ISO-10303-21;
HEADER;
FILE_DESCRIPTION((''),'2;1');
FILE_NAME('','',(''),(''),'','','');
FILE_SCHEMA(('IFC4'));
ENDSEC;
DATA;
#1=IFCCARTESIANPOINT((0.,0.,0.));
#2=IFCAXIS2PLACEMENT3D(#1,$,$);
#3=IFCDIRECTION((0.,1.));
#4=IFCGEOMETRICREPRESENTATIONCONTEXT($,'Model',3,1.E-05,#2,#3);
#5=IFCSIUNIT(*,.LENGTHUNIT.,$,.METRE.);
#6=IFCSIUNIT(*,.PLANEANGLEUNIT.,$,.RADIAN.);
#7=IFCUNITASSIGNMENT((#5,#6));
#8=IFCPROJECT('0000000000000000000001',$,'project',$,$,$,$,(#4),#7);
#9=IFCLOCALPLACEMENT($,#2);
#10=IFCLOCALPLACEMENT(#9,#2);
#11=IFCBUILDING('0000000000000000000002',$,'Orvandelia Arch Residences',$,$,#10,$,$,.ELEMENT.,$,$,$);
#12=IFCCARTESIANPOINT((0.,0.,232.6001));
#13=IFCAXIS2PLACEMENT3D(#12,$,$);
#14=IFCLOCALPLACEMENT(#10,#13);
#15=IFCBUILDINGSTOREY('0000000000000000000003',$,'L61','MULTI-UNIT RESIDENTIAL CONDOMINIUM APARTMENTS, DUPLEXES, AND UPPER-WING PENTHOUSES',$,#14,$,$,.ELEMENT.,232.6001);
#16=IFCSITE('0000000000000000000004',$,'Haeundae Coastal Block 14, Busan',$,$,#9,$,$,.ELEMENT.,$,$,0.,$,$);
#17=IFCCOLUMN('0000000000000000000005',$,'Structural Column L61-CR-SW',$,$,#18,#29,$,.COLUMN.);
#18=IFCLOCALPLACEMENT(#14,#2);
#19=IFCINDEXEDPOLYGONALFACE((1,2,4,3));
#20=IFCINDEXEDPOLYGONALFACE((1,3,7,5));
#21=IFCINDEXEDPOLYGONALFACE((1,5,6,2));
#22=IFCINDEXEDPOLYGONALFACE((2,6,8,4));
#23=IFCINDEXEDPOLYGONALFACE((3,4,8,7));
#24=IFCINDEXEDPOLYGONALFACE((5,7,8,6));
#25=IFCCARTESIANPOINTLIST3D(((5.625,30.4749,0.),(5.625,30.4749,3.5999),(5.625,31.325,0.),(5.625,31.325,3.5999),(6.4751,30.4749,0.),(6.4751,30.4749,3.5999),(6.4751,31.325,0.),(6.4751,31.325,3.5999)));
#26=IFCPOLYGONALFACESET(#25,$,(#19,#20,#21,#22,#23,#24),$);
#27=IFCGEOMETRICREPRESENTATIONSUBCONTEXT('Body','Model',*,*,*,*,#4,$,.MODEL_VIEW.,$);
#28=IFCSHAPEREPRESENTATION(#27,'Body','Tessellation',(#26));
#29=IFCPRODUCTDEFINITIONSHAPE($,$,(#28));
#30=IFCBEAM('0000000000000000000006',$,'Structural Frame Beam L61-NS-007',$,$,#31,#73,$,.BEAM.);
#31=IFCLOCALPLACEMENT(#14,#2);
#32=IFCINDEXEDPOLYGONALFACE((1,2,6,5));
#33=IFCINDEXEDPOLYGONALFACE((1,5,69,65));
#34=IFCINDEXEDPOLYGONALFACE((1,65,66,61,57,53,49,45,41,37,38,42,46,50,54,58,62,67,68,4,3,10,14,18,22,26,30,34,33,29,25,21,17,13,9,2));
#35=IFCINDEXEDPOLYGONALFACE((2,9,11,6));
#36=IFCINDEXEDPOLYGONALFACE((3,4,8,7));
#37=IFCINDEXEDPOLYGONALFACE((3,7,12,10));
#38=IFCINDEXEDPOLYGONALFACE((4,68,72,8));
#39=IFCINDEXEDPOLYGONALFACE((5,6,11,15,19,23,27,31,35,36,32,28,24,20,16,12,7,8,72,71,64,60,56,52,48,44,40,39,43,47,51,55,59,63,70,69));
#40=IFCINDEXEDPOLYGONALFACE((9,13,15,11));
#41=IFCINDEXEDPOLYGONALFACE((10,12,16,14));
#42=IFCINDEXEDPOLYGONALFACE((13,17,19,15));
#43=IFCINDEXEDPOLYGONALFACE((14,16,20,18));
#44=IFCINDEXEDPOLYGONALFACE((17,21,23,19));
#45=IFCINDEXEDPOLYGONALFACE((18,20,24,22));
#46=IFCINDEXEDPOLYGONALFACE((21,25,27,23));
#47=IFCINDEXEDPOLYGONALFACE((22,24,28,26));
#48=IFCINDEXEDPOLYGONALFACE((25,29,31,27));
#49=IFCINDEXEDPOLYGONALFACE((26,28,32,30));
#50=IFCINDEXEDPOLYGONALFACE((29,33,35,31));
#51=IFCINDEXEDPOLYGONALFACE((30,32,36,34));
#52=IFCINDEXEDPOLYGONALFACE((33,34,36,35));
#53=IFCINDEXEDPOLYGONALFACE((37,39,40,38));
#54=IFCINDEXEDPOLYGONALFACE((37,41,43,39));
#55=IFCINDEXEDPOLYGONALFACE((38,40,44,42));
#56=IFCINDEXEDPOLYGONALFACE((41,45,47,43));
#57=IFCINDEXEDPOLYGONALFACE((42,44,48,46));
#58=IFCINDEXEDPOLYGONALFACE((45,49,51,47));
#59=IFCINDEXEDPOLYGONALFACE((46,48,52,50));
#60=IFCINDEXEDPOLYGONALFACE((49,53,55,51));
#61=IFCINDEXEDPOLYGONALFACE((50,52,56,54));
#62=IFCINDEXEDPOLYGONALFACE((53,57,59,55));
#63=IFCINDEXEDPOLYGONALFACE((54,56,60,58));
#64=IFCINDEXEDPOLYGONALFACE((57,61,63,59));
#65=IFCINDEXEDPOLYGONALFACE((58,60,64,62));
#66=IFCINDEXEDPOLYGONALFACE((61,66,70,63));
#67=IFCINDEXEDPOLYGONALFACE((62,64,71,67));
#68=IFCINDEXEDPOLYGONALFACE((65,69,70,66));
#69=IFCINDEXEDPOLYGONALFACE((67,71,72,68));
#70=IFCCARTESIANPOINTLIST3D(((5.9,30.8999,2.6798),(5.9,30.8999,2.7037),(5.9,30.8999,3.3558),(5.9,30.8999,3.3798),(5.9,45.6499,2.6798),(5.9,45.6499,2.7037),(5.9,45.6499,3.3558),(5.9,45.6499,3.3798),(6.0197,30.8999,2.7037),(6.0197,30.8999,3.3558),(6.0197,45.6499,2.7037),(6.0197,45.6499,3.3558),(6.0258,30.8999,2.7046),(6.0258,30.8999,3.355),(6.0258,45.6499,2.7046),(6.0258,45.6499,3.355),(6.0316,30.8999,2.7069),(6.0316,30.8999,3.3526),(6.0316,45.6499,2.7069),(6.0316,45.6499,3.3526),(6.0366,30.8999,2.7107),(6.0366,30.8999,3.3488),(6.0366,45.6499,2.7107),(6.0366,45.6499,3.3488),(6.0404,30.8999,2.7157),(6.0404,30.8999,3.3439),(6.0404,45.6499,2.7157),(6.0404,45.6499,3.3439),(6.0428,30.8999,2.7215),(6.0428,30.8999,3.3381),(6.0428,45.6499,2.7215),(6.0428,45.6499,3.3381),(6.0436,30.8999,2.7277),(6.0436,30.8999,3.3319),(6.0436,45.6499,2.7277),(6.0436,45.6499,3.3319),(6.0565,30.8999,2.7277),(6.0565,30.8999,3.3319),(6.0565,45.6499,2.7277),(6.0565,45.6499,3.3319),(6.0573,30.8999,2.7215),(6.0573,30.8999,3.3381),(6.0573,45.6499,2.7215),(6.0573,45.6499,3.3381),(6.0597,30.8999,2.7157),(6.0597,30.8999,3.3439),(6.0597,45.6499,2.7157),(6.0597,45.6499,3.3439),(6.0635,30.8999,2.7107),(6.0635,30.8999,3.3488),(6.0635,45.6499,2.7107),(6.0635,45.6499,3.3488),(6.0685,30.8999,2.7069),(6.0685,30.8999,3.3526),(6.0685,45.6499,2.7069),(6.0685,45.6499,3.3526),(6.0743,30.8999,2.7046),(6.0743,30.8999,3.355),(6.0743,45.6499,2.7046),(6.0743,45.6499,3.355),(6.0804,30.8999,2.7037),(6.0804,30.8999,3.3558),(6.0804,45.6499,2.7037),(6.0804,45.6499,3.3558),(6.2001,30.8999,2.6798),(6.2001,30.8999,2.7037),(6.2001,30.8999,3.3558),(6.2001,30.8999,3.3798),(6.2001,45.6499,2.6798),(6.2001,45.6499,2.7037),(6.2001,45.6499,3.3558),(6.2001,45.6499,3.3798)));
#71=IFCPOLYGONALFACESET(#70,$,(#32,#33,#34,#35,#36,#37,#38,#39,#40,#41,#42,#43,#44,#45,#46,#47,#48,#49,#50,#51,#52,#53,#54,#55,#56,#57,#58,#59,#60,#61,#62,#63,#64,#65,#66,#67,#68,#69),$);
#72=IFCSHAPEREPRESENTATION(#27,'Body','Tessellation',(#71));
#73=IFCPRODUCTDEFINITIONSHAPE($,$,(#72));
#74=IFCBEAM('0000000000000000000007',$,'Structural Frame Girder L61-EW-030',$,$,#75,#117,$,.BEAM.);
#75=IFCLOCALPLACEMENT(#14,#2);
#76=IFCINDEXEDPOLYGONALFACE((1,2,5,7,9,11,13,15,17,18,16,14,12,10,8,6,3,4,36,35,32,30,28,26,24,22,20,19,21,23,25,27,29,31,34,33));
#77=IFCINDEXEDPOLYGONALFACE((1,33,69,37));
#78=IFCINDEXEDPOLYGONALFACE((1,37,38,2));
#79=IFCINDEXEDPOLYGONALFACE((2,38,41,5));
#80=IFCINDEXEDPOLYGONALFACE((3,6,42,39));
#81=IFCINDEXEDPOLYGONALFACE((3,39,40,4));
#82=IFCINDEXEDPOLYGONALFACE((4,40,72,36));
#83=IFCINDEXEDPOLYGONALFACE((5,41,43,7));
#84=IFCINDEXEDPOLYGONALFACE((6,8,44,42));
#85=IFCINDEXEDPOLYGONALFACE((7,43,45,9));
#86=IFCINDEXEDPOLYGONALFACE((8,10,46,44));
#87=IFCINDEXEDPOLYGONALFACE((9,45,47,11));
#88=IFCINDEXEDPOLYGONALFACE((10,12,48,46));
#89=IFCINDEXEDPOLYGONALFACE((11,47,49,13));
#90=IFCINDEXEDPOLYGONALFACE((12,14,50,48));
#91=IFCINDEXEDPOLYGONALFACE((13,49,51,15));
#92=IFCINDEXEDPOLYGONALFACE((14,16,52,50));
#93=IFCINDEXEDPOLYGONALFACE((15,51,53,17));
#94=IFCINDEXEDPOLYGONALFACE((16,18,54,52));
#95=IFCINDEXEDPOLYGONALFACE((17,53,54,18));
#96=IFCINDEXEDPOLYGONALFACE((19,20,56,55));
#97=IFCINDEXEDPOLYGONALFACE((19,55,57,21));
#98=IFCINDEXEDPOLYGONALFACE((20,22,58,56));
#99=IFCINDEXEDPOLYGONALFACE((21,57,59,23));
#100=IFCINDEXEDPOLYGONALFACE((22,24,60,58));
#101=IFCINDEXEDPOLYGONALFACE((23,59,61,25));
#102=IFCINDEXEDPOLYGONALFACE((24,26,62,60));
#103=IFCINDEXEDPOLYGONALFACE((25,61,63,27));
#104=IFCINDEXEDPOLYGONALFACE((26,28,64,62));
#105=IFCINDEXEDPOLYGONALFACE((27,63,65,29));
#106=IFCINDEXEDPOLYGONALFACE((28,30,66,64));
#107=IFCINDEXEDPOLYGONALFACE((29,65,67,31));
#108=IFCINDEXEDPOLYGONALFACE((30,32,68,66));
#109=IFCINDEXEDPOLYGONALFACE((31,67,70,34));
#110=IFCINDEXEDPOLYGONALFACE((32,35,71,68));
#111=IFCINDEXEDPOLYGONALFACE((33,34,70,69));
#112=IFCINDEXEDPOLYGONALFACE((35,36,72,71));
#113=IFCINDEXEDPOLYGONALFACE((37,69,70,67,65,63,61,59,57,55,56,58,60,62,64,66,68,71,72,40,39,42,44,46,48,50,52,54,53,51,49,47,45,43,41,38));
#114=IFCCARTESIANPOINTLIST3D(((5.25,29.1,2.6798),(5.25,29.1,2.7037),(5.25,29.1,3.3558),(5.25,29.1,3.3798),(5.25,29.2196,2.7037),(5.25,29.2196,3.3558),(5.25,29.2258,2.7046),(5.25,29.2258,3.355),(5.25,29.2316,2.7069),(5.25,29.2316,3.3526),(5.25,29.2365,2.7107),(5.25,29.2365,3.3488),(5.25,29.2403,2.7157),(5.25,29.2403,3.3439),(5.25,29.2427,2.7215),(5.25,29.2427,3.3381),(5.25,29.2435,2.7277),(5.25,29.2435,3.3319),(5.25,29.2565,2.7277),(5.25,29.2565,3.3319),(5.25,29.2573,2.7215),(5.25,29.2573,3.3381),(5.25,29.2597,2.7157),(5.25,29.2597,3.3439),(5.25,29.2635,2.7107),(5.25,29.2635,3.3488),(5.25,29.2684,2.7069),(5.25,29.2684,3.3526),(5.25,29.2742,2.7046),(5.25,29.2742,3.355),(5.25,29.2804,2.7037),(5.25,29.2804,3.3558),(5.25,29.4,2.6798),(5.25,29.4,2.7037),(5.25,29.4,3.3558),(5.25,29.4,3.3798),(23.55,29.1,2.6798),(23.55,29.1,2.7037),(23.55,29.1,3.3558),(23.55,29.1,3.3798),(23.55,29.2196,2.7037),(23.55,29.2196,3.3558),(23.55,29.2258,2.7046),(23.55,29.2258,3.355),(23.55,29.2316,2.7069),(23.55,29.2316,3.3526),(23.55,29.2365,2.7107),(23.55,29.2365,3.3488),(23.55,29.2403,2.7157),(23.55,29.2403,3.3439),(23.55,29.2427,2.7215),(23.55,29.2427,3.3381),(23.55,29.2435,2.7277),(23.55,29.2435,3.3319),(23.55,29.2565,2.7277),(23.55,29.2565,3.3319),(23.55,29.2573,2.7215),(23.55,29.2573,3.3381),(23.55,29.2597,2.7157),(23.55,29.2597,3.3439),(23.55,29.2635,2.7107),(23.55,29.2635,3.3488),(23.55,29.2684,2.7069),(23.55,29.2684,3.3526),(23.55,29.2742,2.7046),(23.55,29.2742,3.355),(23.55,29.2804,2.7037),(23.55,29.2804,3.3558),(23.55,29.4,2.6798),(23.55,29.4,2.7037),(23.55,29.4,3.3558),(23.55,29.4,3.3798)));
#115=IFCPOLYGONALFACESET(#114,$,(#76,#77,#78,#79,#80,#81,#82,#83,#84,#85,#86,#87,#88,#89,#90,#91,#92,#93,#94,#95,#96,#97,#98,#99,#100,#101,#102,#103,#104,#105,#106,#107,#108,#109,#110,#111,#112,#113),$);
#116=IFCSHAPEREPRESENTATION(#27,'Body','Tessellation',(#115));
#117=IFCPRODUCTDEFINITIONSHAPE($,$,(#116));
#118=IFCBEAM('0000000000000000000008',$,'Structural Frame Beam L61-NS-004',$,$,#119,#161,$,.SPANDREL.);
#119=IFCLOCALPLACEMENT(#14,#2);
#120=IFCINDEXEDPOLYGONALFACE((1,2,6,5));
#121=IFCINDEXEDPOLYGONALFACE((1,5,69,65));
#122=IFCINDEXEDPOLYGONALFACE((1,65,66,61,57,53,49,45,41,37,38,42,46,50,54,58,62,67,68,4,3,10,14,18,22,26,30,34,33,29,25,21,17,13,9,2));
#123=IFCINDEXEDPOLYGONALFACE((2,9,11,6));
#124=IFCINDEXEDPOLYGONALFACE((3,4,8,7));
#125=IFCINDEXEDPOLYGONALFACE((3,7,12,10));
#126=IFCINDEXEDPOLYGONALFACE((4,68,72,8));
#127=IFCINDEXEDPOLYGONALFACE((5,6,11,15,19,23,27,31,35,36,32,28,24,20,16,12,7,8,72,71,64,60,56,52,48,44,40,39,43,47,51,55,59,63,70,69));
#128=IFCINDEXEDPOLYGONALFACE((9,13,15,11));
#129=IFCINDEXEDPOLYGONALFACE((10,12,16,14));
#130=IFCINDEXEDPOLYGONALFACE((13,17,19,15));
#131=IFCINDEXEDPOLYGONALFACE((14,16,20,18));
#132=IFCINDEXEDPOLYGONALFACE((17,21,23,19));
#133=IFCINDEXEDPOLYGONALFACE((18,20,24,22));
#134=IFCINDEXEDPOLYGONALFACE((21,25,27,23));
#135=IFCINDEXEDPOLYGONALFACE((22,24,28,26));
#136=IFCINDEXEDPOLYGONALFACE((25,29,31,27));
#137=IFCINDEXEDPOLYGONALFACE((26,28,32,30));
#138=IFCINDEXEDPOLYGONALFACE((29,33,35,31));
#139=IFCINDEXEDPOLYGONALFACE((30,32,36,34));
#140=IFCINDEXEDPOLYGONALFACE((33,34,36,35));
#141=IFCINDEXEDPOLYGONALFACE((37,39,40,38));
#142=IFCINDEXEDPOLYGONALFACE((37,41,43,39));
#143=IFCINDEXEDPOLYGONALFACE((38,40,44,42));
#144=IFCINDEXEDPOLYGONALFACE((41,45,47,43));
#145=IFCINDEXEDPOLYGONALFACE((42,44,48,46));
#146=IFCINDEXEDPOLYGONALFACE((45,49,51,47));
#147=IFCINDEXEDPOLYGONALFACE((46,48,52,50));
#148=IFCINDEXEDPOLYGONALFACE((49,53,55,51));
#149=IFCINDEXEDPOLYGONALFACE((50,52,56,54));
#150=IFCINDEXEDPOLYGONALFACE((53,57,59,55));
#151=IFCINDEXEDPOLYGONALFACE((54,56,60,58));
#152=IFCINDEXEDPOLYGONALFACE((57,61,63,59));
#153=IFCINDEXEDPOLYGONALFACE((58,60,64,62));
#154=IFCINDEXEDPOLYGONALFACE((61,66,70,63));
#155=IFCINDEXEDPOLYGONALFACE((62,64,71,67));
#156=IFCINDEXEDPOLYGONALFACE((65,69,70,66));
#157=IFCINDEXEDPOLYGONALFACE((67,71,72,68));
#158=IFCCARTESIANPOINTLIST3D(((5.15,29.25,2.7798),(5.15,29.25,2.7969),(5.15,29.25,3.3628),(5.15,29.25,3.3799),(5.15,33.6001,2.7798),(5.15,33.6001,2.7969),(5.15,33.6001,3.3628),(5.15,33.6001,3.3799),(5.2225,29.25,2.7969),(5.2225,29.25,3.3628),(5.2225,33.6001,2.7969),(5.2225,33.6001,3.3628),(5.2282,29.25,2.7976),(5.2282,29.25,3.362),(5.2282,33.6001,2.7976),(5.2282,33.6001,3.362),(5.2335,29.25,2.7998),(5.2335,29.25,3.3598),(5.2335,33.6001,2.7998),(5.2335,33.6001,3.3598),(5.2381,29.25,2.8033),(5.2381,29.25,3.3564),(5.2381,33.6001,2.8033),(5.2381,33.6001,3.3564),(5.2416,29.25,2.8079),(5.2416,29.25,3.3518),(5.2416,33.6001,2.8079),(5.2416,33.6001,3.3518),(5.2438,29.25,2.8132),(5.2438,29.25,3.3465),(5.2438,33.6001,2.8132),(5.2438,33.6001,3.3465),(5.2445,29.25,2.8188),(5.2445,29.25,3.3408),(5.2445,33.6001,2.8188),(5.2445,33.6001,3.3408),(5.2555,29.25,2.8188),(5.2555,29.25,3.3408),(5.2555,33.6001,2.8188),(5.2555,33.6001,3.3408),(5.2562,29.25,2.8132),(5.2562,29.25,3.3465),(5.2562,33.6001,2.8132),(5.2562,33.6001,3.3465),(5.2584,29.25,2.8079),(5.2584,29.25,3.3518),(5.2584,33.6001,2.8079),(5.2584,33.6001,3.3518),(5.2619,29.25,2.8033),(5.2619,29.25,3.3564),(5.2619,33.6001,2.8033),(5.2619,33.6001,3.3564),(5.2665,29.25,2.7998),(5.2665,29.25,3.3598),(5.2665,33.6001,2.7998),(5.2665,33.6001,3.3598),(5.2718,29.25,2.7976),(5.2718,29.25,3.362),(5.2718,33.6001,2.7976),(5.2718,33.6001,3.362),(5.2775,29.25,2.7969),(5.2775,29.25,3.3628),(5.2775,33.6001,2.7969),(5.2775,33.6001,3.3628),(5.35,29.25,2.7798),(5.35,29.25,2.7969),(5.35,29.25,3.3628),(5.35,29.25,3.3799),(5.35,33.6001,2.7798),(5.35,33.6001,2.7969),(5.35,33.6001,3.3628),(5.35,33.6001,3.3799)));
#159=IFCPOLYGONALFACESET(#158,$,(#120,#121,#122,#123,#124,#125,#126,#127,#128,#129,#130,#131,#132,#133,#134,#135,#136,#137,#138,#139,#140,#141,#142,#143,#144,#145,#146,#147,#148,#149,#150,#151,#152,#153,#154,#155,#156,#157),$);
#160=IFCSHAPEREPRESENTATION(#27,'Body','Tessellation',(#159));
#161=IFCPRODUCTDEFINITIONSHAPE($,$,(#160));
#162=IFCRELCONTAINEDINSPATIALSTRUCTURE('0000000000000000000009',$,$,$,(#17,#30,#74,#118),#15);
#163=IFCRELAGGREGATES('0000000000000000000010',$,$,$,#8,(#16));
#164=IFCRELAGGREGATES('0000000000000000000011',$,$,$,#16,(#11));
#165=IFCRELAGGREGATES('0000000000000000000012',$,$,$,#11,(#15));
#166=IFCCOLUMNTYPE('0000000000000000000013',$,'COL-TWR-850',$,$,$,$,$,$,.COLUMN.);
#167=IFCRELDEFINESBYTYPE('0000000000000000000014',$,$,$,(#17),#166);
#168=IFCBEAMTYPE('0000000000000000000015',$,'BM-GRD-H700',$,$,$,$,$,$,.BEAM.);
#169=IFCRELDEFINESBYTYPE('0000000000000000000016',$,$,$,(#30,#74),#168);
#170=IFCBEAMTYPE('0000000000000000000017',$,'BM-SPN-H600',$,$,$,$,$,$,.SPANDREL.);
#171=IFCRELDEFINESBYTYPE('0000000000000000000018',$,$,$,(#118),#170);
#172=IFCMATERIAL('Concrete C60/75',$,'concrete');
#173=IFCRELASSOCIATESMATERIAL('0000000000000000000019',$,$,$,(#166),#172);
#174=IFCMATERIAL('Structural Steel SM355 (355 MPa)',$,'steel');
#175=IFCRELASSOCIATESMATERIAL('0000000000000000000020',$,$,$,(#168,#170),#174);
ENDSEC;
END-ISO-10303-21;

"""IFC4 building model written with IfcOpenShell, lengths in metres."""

from ifc_helpers import new_model, si_unit, direction, frame, origin, origin_2d, place, context, subcontext, project, spatial, rectangle, i_section, extrude, material, material_profile, profile_set, type_object, element, save


model = new_model("IFC4")

# Units and contexts
model_context = context("Model", 3, precision=1e-05, world=origin(), true_north=direction((0.0, 1.0)))
body_context = subcontext(model_context, "Body", "Model", "MODEL_VIEW")
ifc_project = project(units=[si_unit("LENGTHUNIT", "METRE"), si_unit("PLANEANGLEUNIT", "RADIAN")], contexts=[model_context])

# Site, building, storey
site_placement = place(None, origin())
site = spatial("IfcSite", under=ifc_project, at=site_placement, Name="Haeundae Coastal Block 14, Busan", CompositionType="ELEMENT", RefElevation=0.0)
building_placement = place(site_placement, origin())
building = spatial("IfcBuilding", under=site, at=building_placement, Name="Orvandelia Arch Residences", CompositionType="ELEMENT")
storey_placement = place(building_placement, frame((0.0, 0.0, 232.6001)))
storey = spatial("IfcBuildingStorey", under=building, at=storey_placement, Name="L61", Description="MULTI-UNIT RESIDENTIAL CONDOMINIUM APARTMENTS, DUPLEXES, AND UPPER-WING PENTHOUSES", CompositionType="ELEMENT", Elevation=232.6001)

# Column
ifc_material_1 = material(Name="Concrete C60/75", Category="concrete")
ifc_material_profile_1 = material_profile(ifc_material_1, rectangle(XDim=0.8501, YDim=0.8501, at=origin_2d()), Name="Concrete C60/75", Category="concrete")
ifc_profile_set_1 = profile_set([ifc_material_profile_1], Name="Concrete C60/75")
column_type = type_object("IfcColumnType", Name="COL-TWR-850", PredefinedType="COLUMN", material=ifc_profile_set_1)
column_placement = place(storey_placement, frame((6.05, 30.8999, 0.0), z_axis=(0.0, 0.0, 1.0), x_axis=(1.0, 0.0, 0.0)))
element("IfcColumn", 1, at=column_placement, inside=storey, type_object=column_type, Name="Structural Column L61-CR-SW", PredefinedType="COLUMN", context=body_context, shape_type="SweptSolid", body=[
    extrude(rectangle(XDim=0.8501, YDim=0.8501, at=origin_2d()), origin(), (0.0, 0.0, 1.0), 3.5999),
])

# Beams
ifc_material_2 = material(Name="Structural Steel SM355 (355 MPa)", Category="steel")
ifc_material_profile_2 = material_profile(ifc_material_2, i_section(OverallWidth=0.3, OverallDepth=0.7, WebThickness=0.0129, FlangeThickness=0.0239, FilletRadius=0.0239, at=origin_2d()), Name="Structural Steel SM355 (355 MPa)", Category="steel")
ifc_profile_set_2 = profile_set([ifc_material_profile_2], Name="Structural Steel SM355 (355 MPa)")
beam_type_1 = type_object("IfcBeamType", Name="BM-GRD-H700", PredefinedType="BEAM", material=ifc_profile_set_2)
beam_1_placement = place(storey_placement, frame((6.05, 30.8999, 3.0298), z_axis=(0.0, 1.0, 0.0), x_axis=(-1.0, 0.0, 0.0)))
element("IfcBeam", 2, at=beam_1_placement, inside=storey, type_object=beam_type_1, Name="Structural Frame Beam L61-NS-007", PredefinedType="BEAM", context=body_context, shape_type="SweptSolid", body=[
    extrude(i_section(OverallWidth=0.3, OverallDepth=0.7, WebThickness=0.0129, FlangeThickness=0.0239, FilletRadius=0.0239, at=origin_2d()), origin(), (0.0, 0.0, 1.0), 14.75),
])
beam_2_placement = place(storey_placement, frame((5.25, 29.25, 3.0298), z_axis=(1.0, 0.0, 0.0), x_axis=(0.0, 1.0, 0.0)))
element("IfcBeam", 3, at=beam_2_placement, inside=storey, type_object=beam_type_1, Name="Structural Frame Girder L61-EW-030", PredefinedType="BEAM", context=body_context, shape_type="SweptSolid", body=[
    extrude(i_section(OverallWidth=0.3, OverallDepth=0.7, WebThickness=0.0129, FlangeThickness=0.0239, FilletRadius=0.0239, at=origin_2d()), origin(), (0.0, 0.0, 1.0), 18.3),
])
ifc_material_profile_3 = material_profile(ifc_material_2, i_section(OverallWidth=0.2, OverallDepth=0.6001, WebThickness=0.011, FlangeThickness=0.0171, FilletRadius=0.022, at=origin_2d()), Name="Structural Steel SM355 (355 MPa)", Category="steel")
ifc_profile_set_3 = profile_set([ifc_material_profile_3], Name="Structural Steel SM355 (355 MPa)")
beam_type_2 = type_object("IfcBeamType", Name="BM-SPN-H600", PredefinedType="SPANDREL", material=ifc_profile_set_3)
beam_3_placement = place(storey_placement, frame((5.25, 29.25, 3.0798), z_axis=(0.0, 1.0, 0.0), x_axis=(-1.0, 0.0, 0.0)))
element("IfcBeam", 4, at=beam_3_placement, inside=storey, type_object=beam_type_2, Name="Structural Frame Beam L61-NS-004", PredefinedType="SPANDREL", context=body_context, shape_type="SweptSolid", body=[
    extrude(i_section(OverallWidth=0.2, OverallDepth=0.6001, WebThickness=0.011, FlangeThickness=0.0171, FilletRadius=0.022, at=origin_2d()), origin(), (0.0, 0.0, 1.0), 4.3501),
])

save(model, "model.ifc")
